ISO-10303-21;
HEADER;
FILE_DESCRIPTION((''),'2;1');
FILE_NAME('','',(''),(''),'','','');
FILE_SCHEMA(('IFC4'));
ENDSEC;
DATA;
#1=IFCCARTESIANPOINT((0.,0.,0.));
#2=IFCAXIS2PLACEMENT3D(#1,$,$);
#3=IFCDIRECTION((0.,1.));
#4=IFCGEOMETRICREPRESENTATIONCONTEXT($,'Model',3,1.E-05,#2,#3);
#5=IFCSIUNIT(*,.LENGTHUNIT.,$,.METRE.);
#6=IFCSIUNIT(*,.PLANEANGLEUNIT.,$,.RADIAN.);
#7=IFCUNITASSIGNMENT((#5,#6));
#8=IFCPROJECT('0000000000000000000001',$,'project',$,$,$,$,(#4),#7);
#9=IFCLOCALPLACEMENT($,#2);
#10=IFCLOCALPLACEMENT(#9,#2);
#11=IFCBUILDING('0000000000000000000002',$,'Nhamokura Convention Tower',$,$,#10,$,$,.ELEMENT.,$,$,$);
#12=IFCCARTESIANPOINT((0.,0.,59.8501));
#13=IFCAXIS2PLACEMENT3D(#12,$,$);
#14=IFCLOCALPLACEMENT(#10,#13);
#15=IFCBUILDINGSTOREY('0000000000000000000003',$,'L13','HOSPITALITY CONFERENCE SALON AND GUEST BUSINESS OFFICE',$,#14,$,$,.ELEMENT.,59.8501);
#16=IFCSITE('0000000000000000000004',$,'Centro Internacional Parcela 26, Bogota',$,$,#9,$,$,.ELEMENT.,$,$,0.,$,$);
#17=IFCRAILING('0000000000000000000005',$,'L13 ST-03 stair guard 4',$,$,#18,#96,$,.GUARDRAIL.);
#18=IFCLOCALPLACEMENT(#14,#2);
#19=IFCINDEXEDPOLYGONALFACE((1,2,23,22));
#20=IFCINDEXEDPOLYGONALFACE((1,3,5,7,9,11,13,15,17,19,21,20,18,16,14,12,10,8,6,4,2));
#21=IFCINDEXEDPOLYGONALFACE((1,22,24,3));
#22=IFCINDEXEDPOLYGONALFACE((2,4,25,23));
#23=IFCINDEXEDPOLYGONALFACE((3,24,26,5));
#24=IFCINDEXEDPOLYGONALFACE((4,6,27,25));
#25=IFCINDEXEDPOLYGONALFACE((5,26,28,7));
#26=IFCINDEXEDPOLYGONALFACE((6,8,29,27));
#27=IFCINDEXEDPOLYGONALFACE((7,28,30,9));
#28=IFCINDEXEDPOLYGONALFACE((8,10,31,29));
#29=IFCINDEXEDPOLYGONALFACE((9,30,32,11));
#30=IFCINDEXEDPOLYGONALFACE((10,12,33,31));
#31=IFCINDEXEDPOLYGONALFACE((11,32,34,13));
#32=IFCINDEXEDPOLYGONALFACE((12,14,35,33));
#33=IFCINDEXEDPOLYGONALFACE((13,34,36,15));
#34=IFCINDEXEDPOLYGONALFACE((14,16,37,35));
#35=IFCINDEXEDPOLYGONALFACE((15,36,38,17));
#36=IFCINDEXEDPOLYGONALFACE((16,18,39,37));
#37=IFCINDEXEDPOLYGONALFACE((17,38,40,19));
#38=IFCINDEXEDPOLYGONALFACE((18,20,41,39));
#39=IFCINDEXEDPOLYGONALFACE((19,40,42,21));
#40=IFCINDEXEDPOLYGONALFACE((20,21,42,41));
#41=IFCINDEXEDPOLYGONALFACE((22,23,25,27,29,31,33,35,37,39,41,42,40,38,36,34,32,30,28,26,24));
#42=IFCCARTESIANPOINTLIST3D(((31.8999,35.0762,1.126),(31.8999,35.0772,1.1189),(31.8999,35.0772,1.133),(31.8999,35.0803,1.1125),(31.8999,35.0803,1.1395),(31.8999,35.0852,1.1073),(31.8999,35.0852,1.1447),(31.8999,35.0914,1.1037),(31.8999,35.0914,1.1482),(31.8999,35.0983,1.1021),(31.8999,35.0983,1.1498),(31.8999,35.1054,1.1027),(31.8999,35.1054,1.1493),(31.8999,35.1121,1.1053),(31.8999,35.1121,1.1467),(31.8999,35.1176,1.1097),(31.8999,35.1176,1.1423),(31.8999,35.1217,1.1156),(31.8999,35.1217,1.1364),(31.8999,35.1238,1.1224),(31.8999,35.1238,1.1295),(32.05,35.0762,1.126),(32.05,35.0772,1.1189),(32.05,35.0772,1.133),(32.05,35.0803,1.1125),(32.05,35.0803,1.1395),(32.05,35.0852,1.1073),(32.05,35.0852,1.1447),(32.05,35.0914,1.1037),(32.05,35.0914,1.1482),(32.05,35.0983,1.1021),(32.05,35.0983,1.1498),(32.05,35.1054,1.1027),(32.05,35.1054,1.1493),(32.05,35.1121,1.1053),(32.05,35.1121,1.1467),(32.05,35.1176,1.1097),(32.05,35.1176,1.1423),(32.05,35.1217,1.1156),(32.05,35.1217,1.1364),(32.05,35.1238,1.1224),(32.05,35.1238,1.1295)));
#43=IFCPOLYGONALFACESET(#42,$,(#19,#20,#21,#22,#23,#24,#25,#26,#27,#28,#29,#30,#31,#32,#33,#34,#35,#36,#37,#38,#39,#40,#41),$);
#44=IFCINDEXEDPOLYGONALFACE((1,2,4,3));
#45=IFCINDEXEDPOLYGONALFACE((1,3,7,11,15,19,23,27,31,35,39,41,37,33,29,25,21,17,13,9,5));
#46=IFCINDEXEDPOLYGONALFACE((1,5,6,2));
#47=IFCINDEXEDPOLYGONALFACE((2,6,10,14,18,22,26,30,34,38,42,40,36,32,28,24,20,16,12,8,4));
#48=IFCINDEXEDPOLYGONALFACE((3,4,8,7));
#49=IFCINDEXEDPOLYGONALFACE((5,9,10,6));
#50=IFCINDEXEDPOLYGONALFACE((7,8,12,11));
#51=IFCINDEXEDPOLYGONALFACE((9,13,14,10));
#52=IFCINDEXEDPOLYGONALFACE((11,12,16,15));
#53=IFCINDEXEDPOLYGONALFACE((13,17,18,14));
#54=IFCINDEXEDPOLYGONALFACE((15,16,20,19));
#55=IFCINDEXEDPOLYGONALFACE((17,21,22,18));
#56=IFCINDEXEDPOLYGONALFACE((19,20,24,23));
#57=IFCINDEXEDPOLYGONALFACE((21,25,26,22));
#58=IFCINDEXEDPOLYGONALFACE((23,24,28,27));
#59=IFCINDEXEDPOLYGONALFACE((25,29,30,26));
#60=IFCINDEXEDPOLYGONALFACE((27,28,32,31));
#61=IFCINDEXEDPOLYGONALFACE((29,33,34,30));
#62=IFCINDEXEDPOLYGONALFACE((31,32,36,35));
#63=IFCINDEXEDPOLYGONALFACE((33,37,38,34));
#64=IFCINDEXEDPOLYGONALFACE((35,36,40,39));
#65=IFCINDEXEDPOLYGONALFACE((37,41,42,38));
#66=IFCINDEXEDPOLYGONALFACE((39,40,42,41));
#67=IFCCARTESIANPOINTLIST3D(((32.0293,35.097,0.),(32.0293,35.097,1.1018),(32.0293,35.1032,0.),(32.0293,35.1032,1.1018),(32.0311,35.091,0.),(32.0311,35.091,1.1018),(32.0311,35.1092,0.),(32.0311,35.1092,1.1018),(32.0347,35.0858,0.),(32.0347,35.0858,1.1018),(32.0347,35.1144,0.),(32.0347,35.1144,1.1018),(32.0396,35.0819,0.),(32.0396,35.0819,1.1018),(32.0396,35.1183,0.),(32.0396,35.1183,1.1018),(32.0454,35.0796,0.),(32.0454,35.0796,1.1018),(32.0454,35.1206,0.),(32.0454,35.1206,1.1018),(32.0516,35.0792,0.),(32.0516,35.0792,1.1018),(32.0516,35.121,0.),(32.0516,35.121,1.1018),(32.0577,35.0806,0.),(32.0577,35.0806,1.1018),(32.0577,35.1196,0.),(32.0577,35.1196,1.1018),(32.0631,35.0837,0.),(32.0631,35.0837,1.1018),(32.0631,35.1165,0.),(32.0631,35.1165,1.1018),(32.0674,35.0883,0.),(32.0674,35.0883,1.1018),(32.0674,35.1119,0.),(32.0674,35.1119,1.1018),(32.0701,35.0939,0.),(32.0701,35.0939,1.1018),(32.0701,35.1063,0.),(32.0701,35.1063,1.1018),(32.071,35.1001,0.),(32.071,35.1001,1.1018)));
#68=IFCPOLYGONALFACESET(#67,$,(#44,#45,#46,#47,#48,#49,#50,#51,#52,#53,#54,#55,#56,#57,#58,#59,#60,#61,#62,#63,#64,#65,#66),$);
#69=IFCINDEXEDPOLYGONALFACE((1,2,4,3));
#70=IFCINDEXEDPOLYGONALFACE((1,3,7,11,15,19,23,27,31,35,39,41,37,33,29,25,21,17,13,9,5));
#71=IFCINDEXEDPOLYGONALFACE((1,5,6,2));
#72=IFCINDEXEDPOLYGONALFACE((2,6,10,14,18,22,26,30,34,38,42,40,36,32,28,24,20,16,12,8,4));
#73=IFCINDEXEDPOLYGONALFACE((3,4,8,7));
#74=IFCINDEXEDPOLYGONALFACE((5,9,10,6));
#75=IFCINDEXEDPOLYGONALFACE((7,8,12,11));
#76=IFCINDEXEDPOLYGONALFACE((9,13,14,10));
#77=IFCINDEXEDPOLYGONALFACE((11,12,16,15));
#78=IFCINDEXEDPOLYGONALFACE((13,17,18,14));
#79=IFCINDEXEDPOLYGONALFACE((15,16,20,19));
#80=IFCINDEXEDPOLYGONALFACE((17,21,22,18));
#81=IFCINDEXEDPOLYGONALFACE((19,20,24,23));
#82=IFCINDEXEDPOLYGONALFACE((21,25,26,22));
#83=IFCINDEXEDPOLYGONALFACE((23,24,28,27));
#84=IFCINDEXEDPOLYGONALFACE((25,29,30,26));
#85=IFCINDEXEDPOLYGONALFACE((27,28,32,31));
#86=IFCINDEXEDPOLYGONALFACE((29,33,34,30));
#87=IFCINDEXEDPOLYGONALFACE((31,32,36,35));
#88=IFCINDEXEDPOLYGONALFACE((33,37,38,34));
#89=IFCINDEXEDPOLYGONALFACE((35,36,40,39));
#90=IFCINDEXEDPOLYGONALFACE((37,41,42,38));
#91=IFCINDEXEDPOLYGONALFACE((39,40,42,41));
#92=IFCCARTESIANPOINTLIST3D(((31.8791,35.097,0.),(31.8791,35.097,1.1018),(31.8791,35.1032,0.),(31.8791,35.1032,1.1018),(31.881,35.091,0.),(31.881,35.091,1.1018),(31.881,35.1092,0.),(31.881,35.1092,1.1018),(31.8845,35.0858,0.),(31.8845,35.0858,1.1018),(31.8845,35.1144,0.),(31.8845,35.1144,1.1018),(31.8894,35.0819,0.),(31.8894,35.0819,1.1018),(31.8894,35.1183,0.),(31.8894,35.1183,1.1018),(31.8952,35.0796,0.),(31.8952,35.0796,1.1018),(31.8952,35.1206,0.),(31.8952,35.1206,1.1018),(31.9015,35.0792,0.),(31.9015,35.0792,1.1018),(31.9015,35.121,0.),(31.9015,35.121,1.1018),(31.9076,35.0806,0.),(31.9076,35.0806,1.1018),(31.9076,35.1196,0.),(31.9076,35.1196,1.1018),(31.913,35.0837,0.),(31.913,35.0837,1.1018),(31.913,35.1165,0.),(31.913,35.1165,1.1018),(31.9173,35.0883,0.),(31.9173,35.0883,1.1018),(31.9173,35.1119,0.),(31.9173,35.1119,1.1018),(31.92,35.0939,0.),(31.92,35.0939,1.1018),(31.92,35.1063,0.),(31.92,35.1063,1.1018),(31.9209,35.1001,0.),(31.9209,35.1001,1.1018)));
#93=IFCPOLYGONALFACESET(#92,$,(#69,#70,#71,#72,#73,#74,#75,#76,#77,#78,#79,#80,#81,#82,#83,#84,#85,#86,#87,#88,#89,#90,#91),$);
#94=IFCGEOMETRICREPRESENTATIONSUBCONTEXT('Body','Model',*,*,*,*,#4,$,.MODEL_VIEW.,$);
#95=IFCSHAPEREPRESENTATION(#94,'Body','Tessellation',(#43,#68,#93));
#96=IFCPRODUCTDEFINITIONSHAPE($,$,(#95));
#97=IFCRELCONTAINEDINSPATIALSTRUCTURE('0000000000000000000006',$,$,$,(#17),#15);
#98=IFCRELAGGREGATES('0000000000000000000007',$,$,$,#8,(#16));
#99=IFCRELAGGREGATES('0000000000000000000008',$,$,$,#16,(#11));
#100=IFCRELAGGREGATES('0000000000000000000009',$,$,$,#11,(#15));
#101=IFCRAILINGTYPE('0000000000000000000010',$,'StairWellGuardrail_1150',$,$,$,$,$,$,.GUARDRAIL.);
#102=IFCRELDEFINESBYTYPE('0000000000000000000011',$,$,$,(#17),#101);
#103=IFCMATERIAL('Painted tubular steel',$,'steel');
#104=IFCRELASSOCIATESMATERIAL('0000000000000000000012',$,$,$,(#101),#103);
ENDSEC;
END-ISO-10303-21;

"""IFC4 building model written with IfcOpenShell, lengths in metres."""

from ifc_helpers import new_model, si_unit, direction, frame, origin, origin_2d, place, context, subcontext, project, spatial, circle, extrude, material, type_object, element, save


model = new_model("IFC4")

# Units and contexts
model_context = context("Model", 3, precision=1e-05, world=origin(), true_north=direction((0.0, 1.0)))
body_context = subcontext(model_context, "Body", "Model", "MODEL_VIEW")
ifc_project = project(units=[si_unit("LENGTHUNIT", "METRE"), si_unit("PLANEANGLEUNIT", "RADIAN")], contexts=[model_context])

# Site, building, storey
site_placement = place(None, origin())
site = spatial("IfcSite", under=ifc_project, at=site_placement, Name="Centro Internacional Parcela 26, Bogota", CompositionType="ELEMENT", RefElevation=0.0)
building_placement = place(site_placement, origin())
building = spatial("IfcBuilding", under=site, at=building_placement, Name="Nhamokura Convention Tower", CompositionType="ELEMENT")
storey_placement = place(building_placement, frame((0.0, 0.0, 59.8501)))
storey = spatial("IfcBuildingStorey", under=building, at=storey_placement, Name="L13", Description="HOSPITALITY CONFERENCE SALON AND GUEST BUSINESS OFFICE", CompositionType="ELEMENT", Elevation=59.8501)

# Railing
ifc_material_1 = material(Name="Painted tubular steel", Category="steel")
railing_type_1 = type_object("IfcRailingType", Name="StairWellGuardrail_1150", PredefinedType="GUARDRAIL", material=ifc_material_1)
railing_1_placement = place(storey_placement, frame((32.05, 35.1001, 0.0)))
element("IfcRailing", 1, at=railing_1_placement, inside=storey, type_object=railing_type_1, Name="L13 ST-03 stair guard 4", PredefinedType="GUARDRAIL", context=body_context, shape_type="SweptSolid", body=[
    extrude(circle(Radius=0.0239, at=origin_2d()), frame((0.0, 0.0, 1.126), z_axis=(-1.0, 0.0, 0.0), x_axis=(0.0, -1.0, 0.0)), (0.0, 0.0, 1.0), 0.1501),
    extrude(circle(Radius=0.021, at=origin_2d()), origin(), (0.0, 0.0, 1.0), 1.1018),
    extrude(circle(Radius=0.021, at=origin_2d()), frame((-0.1501, 0.0, 0.0)), (0.0, 0.0, 1.0), 1.1018),
])

save(model, "model.ifc")
